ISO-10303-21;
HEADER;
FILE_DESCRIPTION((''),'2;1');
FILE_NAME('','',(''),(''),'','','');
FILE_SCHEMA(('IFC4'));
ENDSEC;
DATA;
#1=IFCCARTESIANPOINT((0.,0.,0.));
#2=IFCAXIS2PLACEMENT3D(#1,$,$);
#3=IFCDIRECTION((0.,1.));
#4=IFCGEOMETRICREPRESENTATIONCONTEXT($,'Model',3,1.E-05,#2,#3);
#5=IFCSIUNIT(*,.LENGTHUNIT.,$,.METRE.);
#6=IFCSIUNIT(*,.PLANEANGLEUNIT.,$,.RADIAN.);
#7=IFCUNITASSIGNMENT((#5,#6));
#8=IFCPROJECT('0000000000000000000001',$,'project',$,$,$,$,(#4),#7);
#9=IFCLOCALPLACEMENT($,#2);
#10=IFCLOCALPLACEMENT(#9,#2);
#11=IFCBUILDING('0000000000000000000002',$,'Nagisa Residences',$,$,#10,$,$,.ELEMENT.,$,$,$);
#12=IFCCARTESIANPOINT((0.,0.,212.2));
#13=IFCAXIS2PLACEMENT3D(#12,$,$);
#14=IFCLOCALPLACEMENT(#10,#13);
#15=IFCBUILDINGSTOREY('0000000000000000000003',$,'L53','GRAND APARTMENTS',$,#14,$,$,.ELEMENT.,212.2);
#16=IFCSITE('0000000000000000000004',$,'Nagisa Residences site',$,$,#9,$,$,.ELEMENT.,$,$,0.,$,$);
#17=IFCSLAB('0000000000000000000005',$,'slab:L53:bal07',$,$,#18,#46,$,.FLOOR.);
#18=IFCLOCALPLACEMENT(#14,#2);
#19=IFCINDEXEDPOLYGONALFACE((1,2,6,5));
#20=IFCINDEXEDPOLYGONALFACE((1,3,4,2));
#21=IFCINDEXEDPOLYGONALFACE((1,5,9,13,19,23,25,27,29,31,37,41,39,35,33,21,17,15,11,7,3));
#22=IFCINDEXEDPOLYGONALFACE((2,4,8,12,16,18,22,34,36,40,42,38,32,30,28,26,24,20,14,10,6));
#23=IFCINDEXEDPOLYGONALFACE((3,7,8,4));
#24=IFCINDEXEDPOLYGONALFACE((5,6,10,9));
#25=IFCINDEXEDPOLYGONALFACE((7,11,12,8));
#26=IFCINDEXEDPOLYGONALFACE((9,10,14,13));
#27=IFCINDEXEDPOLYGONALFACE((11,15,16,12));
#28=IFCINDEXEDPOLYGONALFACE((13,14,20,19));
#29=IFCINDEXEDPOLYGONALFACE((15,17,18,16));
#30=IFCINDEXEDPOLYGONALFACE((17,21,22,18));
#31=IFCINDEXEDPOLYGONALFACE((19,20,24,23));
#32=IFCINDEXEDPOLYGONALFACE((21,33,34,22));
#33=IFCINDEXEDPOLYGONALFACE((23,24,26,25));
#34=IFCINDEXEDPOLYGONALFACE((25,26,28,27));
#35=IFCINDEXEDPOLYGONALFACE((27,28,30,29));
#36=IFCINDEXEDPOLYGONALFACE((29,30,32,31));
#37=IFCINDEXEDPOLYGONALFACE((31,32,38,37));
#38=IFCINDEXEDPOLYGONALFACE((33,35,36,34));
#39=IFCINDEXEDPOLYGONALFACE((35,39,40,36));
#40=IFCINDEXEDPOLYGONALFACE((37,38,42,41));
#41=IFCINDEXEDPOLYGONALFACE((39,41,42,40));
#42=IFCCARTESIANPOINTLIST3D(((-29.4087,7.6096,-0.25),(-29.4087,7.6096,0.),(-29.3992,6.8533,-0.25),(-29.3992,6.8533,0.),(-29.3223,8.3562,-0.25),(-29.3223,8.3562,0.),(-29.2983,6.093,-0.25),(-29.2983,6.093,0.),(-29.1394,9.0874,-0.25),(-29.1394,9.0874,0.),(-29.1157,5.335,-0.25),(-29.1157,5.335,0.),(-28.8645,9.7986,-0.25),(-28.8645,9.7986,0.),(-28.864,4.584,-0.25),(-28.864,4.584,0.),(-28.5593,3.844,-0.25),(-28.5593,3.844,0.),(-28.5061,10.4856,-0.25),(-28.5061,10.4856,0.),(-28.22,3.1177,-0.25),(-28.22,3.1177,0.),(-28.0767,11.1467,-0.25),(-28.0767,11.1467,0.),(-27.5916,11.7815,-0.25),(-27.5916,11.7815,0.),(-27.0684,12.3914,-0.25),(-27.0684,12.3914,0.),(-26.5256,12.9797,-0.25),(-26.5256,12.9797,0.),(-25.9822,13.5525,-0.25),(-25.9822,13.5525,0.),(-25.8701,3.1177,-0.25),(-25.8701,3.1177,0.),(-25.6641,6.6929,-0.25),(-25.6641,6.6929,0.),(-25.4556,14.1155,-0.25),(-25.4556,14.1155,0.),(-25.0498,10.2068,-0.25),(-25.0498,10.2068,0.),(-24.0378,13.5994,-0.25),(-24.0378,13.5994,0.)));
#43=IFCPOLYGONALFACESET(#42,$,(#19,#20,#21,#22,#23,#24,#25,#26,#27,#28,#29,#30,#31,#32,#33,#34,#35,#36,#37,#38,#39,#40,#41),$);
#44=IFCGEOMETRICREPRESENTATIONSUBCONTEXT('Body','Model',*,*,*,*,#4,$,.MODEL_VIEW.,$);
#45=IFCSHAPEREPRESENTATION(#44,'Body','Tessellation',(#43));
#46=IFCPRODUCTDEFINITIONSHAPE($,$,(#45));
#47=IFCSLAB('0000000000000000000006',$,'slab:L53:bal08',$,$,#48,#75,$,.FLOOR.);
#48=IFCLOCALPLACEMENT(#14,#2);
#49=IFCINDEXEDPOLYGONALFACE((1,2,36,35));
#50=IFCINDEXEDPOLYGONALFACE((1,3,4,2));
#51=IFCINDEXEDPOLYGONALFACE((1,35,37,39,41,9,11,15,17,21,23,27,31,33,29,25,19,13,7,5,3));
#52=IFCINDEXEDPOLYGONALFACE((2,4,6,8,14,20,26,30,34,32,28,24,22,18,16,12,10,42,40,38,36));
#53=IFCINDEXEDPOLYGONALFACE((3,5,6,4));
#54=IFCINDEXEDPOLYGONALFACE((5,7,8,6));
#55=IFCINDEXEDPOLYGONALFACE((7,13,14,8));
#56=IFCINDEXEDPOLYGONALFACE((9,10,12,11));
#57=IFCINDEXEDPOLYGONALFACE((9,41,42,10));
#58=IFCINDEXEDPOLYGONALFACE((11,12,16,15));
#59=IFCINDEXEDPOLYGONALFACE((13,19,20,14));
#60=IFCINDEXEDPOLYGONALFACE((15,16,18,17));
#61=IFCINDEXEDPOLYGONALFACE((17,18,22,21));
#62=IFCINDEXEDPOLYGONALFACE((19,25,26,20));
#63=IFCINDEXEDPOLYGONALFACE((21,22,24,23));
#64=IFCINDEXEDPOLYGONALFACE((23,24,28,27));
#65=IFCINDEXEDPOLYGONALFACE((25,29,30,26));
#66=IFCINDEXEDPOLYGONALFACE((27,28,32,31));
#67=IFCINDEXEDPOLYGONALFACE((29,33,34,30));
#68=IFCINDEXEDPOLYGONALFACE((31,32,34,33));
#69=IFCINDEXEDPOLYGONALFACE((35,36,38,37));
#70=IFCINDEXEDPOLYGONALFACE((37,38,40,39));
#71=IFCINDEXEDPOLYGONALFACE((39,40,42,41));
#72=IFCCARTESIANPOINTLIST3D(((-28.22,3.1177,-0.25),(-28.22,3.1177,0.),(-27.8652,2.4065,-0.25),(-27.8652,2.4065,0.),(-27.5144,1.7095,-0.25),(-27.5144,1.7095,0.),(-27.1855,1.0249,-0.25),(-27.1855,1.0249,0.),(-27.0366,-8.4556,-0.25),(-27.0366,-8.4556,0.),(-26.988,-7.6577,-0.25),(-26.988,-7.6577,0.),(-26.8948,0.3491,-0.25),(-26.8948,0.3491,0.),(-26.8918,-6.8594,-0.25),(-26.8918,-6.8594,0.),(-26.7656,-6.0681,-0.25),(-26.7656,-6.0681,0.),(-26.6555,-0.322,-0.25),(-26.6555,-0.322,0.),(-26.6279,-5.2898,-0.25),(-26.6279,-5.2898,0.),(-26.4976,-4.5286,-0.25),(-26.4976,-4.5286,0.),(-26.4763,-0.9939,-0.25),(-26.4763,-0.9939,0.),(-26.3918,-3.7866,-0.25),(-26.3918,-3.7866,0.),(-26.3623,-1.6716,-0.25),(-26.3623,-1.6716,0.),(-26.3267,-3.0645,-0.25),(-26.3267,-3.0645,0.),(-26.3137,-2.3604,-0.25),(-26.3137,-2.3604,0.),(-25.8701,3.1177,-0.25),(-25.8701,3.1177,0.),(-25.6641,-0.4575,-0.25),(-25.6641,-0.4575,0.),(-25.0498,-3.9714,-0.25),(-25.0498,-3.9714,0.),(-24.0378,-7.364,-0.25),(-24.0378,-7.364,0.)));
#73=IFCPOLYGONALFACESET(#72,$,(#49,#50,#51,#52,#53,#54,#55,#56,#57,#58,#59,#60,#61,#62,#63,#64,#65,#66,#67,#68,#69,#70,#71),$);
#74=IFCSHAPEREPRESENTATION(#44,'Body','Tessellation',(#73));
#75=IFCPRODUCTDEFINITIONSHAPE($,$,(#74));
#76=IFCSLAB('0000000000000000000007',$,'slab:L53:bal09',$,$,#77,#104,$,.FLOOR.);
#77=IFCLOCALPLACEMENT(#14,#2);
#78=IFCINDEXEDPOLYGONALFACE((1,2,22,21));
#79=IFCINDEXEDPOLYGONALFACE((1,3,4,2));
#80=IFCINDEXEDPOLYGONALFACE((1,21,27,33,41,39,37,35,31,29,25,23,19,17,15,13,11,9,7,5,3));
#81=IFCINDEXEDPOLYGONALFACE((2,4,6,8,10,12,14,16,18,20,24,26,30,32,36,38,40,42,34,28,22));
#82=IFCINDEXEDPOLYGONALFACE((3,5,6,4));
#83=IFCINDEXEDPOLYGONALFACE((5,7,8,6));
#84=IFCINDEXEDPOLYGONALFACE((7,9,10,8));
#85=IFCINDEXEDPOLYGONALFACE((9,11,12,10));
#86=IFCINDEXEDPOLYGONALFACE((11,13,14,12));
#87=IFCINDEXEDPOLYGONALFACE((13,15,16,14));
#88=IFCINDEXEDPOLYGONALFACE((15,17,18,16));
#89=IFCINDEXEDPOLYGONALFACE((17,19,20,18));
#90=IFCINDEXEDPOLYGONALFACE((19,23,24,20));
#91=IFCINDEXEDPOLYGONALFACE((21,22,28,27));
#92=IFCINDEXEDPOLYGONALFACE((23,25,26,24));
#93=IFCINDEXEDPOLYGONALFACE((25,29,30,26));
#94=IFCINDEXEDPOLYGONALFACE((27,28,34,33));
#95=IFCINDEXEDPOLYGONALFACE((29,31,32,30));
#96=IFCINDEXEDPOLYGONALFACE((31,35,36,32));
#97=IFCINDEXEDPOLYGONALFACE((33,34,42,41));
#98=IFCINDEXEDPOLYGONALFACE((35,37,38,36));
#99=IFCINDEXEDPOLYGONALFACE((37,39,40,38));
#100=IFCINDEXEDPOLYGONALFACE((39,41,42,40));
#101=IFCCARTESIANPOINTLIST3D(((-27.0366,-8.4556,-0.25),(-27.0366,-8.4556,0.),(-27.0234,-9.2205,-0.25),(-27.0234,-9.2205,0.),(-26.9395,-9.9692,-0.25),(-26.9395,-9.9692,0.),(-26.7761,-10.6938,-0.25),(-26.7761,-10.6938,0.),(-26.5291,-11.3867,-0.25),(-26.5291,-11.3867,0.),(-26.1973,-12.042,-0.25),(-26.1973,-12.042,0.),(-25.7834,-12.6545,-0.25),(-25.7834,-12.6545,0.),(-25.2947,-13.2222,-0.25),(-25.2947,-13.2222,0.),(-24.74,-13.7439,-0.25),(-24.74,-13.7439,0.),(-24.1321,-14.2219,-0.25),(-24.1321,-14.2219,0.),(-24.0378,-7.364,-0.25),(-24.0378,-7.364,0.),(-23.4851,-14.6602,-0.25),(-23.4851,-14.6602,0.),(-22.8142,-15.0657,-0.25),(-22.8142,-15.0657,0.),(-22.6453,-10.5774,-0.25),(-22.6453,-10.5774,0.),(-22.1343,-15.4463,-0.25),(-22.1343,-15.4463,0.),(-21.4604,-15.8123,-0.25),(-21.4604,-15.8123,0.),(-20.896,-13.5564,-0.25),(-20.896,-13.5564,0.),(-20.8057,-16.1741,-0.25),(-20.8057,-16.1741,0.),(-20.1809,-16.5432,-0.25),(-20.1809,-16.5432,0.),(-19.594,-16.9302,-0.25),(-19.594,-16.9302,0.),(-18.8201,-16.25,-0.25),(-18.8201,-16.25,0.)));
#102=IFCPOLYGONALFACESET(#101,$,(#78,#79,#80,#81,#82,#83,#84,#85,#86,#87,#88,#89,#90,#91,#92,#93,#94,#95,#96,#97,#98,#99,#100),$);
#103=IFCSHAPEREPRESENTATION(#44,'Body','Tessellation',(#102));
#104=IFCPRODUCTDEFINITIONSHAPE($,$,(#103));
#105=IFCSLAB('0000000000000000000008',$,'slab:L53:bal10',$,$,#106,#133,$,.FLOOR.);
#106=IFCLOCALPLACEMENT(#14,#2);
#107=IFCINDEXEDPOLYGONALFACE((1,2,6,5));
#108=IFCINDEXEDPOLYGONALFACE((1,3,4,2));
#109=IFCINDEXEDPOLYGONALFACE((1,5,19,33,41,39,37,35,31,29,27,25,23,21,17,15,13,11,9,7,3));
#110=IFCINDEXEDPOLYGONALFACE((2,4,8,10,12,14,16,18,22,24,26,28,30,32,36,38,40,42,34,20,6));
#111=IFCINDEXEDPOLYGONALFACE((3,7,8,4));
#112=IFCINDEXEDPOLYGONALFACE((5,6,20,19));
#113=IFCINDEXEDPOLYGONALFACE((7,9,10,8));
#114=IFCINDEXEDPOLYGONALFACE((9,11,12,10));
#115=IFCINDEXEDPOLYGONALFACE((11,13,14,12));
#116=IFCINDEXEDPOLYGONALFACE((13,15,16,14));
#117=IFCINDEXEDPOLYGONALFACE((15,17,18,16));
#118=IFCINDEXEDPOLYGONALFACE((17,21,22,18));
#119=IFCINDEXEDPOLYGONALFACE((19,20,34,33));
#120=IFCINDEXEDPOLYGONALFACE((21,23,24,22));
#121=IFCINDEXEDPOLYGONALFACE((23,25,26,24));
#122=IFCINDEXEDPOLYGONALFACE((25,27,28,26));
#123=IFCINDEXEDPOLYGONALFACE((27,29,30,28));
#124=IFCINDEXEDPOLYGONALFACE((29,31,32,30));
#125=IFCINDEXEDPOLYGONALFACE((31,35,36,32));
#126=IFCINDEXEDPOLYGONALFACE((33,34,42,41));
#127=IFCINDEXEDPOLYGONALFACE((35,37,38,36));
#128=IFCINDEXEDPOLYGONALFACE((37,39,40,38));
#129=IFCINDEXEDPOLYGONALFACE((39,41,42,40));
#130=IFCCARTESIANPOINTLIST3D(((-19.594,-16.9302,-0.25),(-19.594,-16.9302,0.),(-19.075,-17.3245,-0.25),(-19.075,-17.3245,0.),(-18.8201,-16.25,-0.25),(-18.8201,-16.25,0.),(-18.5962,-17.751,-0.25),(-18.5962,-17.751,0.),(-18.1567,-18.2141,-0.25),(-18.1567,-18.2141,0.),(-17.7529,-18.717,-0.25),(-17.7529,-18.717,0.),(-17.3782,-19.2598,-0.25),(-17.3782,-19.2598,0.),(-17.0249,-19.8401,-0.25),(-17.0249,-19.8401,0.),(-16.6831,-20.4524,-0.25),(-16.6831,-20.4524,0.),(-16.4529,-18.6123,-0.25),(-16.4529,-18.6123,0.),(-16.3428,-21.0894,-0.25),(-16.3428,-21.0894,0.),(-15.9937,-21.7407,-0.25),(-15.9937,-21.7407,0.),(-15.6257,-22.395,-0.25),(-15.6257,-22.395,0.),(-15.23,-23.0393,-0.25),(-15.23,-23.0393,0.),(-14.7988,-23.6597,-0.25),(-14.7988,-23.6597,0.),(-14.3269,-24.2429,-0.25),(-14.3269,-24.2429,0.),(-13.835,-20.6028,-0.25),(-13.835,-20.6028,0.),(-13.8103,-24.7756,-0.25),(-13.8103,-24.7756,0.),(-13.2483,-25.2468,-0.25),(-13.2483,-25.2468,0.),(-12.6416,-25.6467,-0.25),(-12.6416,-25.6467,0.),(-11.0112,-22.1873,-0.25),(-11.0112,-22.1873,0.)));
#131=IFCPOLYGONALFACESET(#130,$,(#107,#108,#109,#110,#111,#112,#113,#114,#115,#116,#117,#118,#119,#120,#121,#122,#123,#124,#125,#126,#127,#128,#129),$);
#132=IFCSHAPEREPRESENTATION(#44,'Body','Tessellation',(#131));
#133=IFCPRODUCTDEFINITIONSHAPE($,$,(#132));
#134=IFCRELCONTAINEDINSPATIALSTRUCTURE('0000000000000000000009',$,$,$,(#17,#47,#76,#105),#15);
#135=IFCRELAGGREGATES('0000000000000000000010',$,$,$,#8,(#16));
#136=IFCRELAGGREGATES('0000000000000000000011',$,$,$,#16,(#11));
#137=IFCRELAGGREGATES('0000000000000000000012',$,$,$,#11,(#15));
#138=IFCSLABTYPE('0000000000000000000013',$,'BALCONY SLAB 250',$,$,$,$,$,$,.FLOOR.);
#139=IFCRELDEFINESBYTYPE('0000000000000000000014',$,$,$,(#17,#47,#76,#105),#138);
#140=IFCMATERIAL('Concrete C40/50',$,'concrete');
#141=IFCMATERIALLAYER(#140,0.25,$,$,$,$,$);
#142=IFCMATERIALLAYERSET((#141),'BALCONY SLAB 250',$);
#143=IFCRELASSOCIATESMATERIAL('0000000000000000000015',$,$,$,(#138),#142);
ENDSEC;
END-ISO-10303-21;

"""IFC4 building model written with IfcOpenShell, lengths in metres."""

from ifc_helpers import new_model, si_unit, direction, frame, origin, place, context, subcontext, project, spatial, polyline, outline, extrude, material, layer, layer_set, type_object, element, save


model = new_model("IFC4")

# Units and contexts
model_context = context("Model", 3, precision=1e-05, world=origin(), true_north=direction((0.0, 1.0)))
body_context = subcontext(model_context, "Body", "Model", "MODEL_VIEW")
ifc_project = project(units=[si_unit("LENGTHUNIT", "METRE"), si_unit("PLANEANGLEUNIT", "RADIAN")], contexts=[model_context])

# Site, building, storey
site_placement = place(None, origin())
site = spatial("IfcSite", under=ifc_project, at=site_placement, Name="Nagisa Residences site", CompositionType="ELEMENT", RefElevation=0.0)
building_placement = place(site_placement, origin())
building = spatial("IfcBuilding", under=site, at=building_placement, Name="Nagisa Residences", CompositionType="ELEMENT")
storey_placement = place(building_placement, frame((0.0, 0.0, 212.2)))
storey = spatial("IfcBuildingStorey", under=building, at=storey_placement, Name="L53", Description="GRAND APARTMENTS", CompositionType="ELEMENT", Elevation=212.2)

# Slabs
ifc_material_1 = material(Name="Concrete C40/50", Category="concrete")
ifc_layer_1 = layer(ifc_material_1, 0.25)
ifc_layer_set_1 = layer_set([ifc_layer_1], Name="BALCONY SLAB 250")
slab_type_1 = type_object("IfcSlabType", Name="BALCONY SLAB 250", PredefinedType="FLOOR", material=ifc_layer_set_1)
slab_1_placement = place(storey_placement, frame((0.0, 0.0, -0.25)))
element("IfcSlab", 1, at=slab_1_placement, inside=storey, type_object=slab_type_1, Name="slab:L53:bal07", PredefinedType="FLOOR", context=body_context, shape_type="SweptSolid", body=[
    extrude(outline(polyline([(-25.4556, 14.1155), (-25.9822, 13.5525), (-26.5256, 12.9797), (-27.0684, 12.3914), (-27.5916, 11.7815), (-28.0767, 11.1467), (-28.5061, 10.4856), (-28.8645, 9.7986), (-29.1394, 9.0874), (-29.3223, 8.3562), (-29.4087, 7.6096), (-29.3992, 6.8533), (-29.2983, 6.093), (-29.1157, 5.335), (-28.864, 4.584), (-28.5593, 3.844), (-28.22, 3.1177), (-25.8701, 3.1177), (-25.6641, 6.6929), (-25.0498, 10.2068), (-24.0378, 13.5994), (-25.4556, 14.1155)])), origin(), (0.0, 0.0, 1.0), 0.25),
])
slab_2_placement = place(storey_placement, frame((0.0, 0.0, -0.25)))
element("IfcSlab", 2, at=slab_2_placement, inside=storey, type_object=slab_type_1, Name="slab:L53:bal08", PredefinedType="FLOOR", context=body_context, shape_type="SweptSolid", body=[
    extrude(outline(polyline([(-28.22, 3.1177), (-27.8652, 2.4065), (-27.5144, 1.7095), (-27.1855, 1.0249), (-26.8948, 0.3491), (-26.6555, -0.322), (-26.4763, -0.9939), (-26.3623, -1.6716), (-26.3137, -2.3604), (-26.3267, -3.0645), (-26.3918, -3.7866), (-26.4976, -4.5286), (-26.6279, -5.2898), (-26.7656, -6.0681), (-26.8918, -6.8594), (-26.988, -7.6577), (-27.0366, -8.4556), (-24.0378, -7.364), (-25.0498, -3.9714), (-25.6641, -0.4575), (-25.8701, 3.1177), (-28.22, 3.1177)])), origin(), (0.0, 0.0, 1.0), 0.25),
])
slab_3_placement = place(storey_placement, frame((0.0, 0.0, -0.25)))
element("IfcSlab", 3, at=slab_3_placement, inside=storey, type_object=slab_type_1, Name="slab:L53:bal09", PredefinedType="FLOOR", context=body_context, shape_type="SweptSolid", body=[
    extrude(outline(polyline([(-27.0366, -8.4556), (-27.0234, -9.2205), (-26.9395, -9.9692), (-26.7761, -10.6938), (-26.5291, -11.3867), (-26.1973, -12.042), (-25.7834, -12.6545), (-25.2947, -13.2222), (-24.74, -13.7439), (-24.1321, -14.2219), (-23.4851, -14.6602), (-22.8142, -15.0657), (-22.1343, -15.4463), (-21.4604, -15.8123), (-20.8057, -16.1741), (-20.1809, -16.5432), (-19.594, -16.9302), (-18.8201, -16.25), (-20.896, -13.5564), (-22.6453, -10.5774), (-24.0378, -7.364), (-27.0366, -8.4556)])), origin(), (0.0, 0.0, 1.0), 0.25),
])
slab_4_placement = place(storey_placement, frame((0.0, 0.0, -0.25)))
element("IfcSlab", 4, at=slab_4_placement, inside=storey, type_object=slab_type_1, Name="slab:L53:bal10", PredefinedType="FLOOR", context=body_context, shape_type="SweptSolid", body=[
    extrude(outline(polyline([(-19.594, -16.9302), (-19.075, -17.3245), (-18.5962, -17.751), (-18.1567, -18.2141), (-17.7529, -18.717), (-17.3782, -19.2598), (-17.0249, -19.8401), (-16.6831, -20.4524), (-16.3428, -21.0894), (-15.9937, -21.7407), (-15.6257, -22.395), (-15.23, -23.0393), (-14.7988, -23.6597), (-14.3269, -24.2429), (-13.8103, -24.7756), (-13.2483, -25.2468), (-12.6416, -25.6467), (-11.0112, -22.1873), (-13.835, -20.6028), (-16.4529, -18.6123), (-18.8201, -16.25), (-19.594, -16.9302)])), origin(), (0.0, 0.0, 1.0), 0.25),
])

save(model, "model.ifc")
